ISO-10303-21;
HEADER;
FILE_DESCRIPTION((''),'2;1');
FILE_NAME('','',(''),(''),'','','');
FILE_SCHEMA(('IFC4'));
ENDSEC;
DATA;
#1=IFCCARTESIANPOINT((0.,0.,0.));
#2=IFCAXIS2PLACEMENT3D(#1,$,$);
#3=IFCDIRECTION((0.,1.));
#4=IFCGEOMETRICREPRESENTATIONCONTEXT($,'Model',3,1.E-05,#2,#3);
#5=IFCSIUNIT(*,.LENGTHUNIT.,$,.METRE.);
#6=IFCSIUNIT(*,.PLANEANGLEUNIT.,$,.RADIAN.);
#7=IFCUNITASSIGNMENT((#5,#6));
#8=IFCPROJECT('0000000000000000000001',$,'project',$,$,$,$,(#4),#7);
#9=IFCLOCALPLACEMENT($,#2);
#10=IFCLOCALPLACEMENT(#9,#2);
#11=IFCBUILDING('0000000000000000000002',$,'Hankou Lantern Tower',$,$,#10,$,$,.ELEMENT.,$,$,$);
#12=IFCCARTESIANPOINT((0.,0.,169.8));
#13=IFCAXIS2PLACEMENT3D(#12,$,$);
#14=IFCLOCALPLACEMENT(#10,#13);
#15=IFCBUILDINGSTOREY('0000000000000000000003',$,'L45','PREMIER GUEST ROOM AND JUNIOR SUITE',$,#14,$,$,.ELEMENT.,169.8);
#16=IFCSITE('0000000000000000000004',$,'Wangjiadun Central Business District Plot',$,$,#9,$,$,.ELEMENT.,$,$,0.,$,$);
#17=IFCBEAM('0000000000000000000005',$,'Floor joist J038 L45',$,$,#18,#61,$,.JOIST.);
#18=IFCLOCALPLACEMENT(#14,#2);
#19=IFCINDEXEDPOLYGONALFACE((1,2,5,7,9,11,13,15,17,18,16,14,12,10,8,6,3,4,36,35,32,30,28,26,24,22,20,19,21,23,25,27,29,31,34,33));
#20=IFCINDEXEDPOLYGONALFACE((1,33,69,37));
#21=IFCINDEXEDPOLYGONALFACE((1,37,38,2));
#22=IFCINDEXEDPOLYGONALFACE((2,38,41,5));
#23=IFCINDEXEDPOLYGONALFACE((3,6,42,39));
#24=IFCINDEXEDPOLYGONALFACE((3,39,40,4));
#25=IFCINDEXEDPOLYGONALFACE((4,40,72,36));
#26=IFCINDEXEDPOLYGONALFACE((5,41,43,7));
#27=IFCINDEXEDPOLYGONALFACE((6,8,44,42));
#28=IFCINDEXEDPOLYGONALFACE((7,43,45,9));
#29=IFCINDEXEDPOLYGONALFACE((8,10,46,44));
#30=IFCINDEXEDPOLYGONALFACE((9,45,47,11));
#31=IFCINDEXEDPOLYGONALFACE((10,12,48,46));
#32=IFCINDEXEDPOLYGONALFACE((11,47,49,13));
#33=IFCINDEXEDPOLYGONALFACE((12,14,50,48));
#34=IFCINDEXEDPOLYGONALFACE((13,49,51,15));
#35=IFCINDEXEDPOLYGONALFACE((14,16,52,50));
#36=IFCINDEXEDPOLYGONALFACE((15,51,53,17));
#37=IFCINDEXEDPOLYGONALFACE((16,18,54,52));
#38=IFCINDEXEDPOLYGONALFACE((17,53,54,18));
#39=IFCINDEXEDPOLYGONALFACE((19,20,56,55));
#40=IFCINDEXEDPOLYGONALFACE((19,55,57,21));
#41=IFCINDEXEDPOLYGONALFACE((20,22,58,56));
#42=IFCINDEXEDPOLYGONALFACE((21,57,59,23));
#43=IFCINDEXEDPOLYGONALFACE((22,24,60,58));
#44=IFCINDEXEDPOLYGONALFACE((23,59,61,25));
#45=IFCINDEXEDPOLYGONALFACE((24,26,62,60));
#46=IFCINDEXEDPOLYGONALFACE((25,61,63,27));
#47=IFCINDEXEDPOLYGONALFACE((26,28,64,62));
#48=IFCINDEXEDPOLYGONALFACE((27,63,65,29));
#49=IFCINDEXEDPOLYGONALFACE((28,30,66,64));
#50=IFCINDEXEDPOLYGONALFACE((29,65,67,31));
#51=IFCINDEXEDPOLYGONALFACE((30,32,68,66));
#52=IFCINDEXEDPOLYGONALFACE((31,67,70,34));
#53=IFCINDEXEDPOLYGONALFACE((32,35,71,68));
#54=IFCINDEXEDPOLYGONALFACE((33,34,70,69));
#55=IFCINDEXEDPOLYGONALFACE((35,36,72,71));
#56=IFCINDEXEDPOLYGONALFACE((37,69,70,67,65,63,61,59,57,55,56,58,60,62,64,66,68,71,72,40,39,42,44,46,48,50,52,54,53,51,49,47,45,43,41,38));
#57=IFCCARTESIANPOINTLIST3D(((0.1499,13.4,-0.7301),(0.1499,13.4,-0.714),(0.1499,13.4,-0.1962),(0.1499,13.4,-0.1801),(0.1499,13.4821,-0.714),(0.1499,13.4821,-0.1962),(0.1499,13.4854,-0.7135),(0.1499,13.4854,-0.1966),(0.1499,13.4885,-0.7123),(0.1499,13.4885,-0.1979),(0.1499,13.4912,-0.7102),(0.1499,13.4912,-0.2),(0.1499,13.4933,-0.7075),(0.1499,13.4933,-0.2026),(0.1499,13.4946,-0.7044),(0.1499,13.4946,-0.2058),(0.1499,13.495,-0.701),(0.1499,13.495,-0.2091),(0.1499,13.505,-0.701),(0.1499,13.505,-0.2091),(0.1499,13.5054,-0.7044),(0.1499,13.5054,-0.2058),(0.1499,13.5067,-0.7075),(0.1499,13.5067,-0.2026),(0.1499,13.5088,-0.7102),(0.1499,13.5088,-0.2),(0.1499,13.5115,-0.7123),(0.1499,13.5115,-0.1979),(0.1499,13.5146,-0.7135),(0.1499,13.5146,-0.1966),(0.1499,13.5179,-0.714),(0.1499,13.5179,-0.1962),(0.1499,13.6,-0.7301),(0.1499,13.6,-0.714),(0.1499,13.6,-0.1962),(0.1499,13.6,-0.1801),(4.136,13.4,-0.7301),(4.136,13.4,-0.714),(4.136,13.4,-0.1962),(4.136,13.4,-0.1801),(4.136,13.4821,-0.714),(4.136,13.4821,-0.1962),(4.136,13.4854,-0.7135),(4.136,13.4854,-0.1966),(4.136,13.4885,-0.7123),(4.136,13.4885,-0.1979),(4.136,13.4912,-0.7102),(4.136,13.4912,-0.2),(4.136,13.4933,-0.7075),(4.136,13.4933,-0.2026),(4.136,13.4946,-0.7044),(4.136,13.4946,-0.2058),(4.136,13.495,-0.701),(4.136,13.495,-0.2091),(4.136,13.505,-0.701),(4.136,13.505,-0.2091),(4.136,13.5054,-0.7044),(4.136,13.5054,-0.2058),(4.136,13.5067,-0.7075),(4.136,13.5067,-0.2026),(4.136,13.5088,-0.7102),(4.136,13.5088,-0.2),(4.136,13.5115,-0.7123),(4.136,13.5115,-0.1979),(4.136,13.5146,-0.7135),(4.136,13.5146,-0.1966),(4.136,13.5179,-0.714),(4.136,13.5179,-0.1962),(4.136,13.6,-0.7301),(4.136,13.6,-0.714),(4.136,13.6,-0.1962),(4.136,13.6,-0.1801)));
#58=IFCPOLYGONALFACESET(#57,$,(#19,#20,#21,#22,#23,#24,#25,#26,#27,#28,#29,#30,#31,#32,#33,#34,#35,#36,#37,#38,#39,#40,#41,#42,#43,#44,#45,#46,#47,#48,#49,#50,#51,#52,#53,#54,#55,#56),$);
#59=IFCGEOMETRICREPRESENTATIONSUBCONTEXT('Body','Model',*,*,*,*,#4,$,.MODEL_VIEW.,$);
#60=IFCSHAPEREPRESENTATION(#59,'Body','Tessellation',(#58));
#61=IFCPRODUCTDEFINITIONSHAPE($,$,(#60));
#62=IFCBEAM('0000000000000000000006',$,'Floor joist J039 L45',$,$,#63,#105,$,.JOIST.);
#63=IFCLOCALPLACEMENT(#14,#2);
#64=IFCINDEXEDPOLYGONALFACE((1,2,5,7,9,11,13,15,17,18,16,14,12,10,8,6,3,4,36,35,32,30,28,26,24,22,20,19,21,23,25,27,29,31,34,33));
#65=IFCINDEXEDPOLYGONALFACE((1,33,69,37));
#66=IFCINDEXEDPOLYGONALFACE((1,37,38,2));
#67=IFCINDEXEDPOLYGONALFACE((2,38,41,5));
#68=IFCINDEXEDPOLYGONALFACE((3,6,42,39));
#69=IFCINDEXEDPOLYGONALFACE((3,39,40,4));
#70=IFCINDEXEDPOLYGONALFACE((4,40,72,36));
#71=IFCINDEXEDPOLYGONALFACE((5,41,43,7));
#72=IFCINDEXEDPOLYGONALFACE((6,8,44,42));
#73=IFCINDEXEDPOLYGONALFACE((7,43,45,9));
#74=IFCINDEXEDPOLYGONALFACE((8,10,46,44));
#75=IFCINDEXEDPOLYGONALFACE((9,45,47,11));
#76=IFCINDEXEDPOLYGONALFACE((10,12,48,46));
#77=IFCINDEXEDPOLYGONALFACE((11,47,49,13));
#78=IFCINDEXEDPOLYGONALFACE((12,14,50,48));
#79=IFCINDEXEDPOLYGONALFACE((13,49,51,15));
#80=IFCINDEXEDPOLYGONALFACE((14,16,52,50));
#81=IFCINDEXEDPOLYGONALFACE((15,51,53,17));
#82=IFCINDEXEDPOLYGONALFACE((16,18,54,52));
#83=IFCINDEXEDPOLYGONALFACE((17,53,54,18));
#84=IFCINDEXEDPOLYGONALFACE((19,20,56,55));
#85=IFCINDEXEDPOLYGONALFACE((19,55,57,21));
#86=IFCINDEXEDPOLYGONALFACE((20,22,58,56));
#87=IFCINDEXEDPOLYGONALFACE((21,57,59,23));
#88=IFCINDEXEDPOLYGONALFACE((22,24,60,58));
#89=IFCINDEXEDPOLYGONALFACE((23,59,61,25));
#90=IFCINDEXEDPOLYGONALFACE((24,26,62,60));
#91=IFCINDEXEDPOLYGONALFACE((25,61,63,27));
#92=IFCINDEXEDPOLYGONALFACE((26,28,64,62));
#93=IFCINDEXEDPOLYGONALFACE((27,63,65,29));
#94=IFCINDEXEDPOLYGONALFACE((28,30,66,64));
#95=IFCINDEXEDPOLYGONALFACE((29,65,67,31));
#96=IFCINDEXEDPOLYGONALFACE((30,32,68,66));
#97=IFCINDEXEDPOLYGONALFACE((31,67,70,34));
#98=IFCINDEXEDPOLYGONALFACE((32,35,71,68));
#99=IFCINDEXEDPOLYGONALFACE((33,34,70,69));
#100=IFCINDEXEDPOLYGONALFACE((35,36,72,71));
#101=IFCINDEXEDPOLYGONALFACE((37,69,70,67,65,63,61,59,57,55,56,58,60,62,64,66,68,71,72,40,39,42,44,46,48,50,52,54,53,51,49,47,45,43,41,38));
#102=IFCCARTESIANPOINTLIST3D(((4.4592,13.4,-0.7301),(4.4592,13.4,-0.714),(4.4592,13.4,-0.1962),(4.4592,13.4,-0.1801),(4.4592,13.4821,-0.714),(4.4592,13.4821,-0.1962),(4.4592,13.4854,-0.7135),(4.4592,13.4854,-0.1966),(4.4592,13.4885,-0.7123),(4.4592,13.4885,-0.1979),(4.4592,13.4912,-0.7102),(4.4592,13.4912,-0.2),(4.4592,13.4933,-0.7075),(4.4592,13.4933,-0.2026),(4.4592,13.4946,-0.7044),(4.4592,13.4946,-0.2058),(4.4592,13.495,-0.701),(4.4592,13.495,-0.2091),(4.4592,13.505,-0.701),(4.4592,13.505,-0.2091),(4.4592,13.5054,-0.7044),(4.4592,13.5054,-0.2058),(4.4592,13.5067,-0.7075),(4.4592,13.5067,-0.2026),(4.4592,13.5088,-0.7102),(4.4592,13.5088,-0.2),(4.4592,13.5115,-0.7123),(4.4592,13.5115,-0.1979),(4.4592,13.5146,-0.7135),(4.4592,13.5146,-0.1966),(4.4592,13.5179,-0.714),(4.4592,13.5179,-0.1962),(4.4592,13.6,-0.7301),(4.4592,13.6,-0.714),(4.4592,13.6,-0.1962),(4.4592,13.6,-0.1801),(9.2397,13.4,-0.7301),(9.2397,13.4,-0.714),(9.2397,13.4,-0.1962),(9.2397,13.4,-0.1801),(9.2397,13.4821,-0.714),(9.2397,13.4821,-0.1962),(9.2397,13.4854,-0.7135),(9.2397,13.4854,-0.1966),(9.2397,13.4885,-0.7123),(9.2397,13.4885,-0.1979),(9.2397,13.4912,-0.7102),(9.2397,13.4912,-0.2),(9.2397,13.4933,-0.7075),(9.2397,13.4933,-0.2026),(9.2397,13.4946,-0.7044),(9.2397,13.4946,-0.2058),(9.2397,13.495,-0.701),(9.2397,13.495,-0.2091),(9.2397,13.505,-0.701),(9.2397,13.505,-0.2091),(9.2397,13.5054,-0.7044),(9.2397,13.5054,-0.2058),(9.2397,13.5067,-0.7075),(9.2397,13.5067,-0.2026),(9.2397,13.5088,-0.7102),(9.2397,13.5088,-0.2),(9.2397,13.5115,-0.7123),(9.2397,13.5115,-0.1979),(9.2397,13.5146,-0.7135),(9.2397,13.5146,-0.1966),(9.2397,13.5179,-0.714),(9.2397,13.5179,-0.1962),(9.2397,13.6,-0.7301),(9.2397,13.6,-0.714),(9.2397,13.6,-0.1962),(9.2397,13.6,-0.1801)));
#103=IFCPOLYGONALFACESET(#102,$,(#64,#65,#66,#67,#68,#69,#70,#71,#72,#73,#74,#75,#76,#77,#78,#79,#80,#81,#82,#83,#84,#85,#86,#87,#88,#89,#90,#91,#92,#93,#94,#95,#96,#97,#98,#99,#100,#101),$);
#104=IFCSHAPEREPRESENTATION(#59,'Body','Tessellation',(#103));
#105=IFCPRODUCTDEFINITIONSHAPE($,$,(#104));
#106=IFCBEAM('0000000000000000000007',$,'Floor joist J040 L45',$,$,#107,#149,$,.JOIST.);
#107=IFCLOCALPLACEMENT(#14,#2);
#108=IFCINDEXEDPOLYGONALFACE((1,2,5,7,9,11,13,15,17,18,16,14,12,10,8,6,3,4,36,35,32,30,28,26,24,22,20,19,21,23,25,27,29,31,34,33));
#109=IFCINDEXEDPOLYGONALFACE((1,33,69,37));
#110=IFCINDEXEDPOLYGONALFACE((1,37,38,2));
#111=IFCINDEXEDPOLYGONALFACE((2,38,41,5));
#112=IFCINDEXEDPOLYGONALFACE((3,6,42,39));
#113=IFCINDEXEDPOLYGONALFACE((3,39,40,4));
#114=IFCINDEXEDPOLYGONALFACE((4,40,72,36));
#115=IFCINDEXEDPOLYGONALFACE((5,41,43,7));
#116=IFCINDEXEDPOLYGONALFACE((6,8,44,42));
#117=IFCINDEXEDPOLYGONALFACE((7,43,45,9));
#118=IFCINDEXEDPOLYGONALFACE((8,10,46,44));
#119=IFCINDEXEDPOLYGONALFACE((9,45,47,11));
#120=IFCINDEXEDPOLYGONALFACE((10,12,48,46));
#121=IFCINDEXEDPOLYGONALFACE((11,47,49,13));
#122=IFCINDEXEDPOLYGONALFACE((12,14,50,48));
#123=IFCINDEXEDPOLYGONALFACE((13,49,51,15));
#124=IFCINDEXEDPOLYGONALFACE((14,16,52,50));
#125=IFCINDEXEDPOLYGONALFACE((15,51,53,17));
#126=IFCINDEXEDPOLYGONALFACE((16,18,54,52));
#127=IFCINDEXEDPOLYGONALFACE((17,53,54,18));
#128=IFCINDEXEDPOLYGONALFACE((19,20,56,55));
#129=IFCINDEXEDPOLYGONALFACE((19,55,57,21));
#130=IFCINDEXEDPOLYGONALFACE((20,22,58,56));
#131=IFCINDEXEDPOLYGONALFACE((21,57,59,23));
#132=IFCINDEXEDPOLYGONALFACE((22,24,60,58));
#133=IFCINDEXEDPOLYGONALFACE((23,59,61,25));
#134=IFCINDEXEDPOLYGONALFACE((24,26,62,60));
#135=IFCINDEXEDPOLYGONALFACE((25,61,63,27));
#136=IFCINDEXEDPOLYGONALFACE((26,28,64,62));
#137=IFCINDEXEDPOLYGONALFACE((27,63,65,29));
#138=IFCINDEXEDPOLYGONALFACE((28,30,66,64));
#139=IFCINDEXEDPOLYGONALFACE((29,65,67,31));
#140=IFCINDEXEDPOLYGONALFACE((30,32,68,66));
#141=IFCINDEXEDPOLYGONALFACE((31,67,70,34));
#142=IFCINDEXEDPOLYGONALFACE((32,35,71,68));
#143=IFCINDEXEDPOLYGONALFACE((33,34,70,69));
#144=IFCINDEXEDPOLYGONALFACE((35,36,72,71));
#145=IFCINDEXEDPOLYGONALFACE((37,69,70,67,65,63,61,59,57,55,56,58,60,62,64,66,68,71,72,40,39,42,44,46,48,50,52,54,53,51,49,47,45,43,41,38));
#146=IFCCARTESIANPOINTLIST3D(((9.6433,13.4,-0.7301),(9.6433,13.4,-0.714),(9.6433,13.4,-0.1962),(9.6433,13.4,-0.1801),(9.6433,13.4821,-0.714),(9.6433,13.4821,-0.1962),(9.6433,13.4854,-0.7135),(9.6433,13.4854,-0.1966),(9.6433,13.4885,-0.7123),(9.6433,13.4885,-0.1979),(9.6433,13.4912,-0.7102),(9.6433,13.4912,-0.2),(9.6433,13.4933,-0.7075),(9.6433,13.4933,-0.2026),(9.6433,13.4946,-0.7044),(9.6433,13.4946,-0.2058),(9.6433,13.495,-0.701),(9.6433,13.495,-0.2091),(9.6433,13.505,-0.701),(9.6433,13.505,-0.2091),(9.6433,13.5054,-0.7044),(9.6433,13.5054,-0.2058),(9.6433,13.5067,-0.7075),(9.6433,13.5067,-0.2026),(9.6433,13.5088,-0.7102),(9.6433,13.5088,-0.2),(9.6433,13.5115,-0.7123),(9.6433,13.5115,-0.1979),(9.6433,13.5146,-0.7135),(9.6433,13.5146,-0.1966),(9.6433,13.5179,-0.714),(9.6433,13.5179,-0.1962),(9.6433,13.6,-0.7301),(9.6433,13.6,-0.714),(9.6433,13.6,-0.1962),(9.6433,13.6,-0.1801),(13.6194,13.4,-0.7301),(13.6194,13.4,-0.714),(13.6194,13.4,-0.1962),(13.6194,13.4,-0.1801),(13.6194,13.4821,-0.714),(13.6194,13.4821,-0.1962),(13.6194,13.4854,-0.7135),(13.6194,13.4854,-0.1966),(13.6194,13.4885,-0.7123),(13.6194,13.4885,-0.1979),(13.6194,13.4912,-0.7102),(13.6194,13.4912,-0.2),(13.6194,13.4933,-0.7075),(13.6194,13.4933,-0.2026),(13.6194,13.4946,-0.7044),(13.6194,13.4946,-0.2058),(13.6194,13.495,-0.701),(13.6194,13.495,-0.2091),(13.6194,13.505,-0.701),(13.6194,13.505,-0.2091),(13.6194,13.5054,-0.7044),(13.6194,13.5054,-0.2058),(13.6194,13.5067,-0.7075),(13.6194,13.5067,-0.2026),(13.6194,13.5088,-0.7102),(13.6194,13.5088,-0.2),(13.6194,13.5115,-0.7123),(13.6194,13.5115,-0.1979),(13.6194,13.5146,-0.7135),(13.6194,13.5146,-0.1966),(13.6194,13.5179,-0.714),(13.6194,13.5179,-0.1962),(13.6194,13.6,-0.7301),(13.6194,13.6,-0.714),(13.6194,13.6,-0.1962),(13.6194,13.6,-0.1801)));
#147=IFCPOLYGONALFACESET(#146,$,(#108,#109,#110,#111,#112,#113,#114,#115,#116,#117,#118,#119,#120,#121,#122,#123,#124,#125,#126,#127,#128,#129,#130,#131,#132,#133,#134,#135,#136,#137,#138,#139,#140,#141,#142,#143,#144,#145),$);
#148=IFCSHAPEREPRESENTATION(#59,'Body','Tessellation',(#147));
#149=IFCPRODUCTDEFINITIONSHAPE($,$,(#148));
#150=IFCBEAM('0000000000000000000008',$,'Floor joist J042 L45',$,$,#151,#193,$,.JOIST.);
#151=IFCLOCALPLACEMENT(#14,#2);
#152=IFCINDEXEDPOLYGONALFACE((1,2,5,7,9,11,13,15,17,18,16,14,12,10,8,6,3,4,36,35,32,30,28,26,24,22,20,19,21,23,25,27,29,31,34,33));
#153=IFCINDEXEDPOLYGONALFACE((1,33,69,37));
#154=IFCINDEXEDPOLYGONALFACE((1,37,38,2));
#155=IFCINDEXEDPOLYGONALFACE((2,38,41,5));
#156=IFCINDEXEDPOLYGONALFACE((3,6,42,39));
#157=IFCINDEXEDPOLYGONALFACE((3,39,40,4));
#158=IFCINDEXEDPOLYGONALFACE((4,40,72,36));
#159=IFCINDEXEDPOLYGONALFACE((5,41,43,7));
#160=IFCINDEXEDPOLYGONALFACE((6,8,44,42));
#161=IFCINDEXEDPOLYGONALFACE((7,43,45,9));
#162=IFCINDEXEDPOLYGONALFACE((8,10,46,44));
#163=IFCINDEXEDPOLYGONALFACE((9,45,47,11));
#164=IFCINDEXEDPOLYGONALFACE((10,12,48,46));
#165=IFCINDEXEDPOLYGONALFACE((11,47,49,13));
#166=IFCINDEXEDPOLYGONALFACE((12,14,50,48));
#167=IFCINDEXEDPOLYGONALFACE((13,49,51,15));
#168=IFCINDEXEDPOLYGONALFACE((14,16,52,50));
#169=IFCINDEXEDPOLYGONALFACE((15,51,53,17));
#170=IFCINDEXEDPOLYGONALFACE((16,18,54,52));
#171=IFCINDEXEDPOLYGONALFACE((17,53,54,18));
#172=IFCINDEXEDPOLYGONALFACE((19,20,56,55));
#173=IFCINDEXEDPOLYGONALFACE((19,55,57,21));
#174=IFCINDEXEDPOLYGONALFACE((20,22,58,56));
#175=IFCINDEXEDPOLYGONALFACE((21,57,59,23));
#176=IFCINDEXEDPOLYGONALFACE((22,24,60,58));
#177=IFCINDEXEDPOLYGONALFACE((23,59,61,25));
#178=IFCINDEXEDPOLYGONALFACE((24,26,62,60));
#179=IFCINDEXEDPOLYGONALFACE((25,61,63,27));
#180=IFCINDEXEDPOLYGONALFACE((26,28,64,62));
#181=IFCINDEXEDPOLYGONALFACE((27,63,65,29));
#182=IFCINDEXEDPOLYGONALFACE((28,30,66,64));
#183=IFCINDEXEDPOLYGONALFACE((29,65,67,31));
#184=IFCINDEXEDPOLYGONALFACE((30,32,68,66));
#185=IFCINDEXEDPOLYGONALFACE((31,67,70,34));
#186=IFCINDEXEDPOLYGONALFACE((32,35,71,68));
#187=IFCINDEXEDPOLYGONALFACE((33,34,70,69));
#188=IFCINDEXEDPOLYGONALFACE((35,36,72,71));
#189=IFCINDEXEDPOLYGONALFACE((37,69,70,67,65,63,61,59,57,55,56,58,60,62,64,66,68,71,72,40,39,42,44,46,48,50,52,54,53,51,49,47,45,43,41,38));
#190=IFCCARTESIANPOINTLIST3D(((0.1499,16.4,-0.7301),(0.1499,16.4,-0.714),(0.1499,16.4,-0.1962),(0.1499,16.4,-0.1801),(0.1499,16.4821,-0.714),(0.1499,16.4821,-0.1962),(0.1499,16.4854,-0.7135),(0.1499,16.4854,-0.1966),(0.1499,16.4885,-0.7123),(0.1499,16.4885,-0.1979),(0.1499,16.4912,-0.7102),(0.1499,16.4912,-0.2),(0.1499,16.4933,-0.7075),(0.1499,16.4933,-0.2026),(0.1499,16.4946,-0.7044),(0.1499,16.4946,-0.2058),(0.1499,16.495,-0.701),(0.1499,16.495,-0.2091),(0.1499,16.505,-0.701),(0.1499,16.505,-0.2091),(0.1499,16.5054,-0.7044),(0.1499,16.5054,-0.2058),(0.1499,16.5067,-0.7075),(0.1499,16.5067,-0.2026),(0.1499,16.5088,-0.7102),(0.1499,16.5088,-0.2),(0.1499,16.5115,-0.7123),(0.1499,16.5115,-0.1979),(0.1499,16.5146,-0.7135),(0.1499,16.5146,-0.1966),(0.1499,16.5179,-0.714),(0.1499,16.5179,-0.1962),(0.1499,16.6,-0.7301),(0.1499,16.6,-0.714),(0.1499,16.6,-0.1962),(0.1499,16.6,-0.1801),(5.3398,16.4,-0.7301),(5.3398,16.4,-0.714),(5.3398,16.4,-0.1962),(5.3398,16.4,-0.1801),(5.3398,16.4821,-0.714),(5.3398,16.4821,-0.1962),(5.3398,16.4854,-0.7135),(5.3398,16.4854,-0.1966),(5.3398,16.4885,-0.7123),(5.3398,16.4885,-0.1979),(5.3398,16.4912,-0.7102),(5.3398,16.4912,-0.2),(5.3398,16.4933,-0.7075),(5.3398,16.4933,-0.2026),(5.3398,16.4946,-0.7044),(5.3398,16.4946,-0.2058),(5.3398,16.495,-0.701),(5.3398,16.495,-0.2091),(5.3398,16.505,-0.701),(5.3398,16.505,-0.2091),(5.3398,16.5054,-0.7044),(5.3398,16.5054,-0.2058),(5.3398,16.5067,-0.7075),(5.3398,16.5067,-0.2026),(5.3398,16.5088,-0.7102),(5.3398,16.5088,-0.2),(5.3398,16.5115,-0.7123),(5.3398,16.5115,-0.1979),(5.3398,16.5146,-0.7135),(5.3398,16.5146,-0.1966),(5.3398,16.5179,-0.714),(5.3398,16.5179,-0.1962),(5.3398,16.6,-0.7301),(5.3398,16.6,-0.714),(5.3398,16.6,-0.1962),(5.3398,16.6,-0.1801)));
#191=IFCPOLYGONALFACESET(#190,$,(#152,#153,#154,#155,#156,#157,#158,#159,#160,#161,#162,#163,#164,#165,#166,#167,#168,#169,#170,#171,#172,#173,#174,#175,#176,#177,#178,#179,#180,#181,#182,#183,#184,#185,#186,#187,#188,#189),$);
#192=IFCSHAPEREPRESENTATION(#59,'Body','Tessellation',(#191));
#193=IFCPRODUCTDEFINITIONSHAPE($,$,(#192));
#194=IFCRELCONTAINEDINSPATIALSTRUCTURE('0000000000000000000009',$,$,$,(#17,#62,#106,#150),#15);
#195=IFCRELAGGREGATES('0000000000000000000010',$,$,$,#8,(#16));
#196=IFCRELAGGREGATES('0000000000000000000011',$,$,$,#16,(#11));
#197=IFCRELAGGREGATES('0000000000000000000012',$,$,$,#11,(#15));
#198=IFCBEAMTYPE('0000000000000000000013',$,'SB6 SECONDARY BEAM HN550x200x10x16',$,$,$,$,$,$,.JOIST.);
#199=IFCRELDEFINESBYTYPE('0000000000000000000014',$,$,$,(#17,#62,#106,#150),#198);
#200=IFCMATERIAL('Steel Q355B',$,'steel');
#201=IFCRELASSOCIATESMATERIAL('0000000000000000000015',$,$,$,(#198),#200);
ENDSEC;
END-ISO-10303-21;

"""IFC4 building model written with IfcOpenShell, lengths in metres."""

from ifc_helpers import new_model, si_unit, direction, frame, origin, origin_2d, place, context, subcontext, project, spatial, i_section, extrude, material, material_profile, profile_set, type_object, element, save


model = new_model("IFC4")

# Units and contexts
model_context = context("Model", 3, precision=1e-05, world=origin(), true_north=direction((0.0, 1.0)))
body_context = subcontext(model_context, "Body", "Model", "MODEL_VIEW")
ifc_project = project(units=[si_unit("LENGTHUNIT", "METRE"), si_unit("PLANEANGLEUNIT", "RADIAN")], contexts=[model_context])

# Site, building, storey
site_placement = place(None, origin())
site = spatial("IfcSite", under=ifc_project, at=site_placement, Name="Wangjiadun Central Business District Plot", CompositionType="ELEMENT", RefElevation=0.0)
building_placement = place(site_placement, origin())
building = spatial("IfcBuilding", under=site, at=building_placement, Name="Hankou Lantern Tower", CompositionType="ELEMENT")
storey_placement = place(building_placement, frame((0.0, 0.0, 169.8)))
storey = spatial("IfcBuildingStorey", under=building, at=storey_placement, Name="L45", Description="PREMIER GUEST ROOM AND JUNIOR SUITE", CompositionType="ELEMENT", Elevation=169.8)

# Beams
ifc_material_1 = material(Name="Steel Q355B", Category="steel")
ifc_material_profile_1 = material_profile(ifc_material_1, i_section(OverallWidth=0.2, OverallDepth=0.55, WebThickness=0.01, FlangeThickness=0.0161, FilletRadius=0.0129, at=origin_2d()), Name="HN550x200x10x16")
ifc_profile_set_1 = profile_set([ifc_material_profile_1], Name="Steel Q355B")
beam_type_1 = type_object("IfcBeamType", Name="SB6 SECONDARY BEAM HN550x200x10x16", PredefinedType="JOIST", material=ifc_profile_set_1)
beam_1_placement = place(storey_placement, frame((0.1499, 13.5, -0.4551), z_axis=(1.0, 0.0, 0.0), x_axis=(0.0, 1.0, 0.0)))
element("IfcBeam", 1, at=beam_1_placement, inside=storey, type_object=beam_type_1, Name="Floor joist J038 L45", PredefinedType="JOIST", context=body_context, shape_type="SweptSolid", body=[
    extrude(i_section(OverallWidth=0.2, OverallDepth=0.55, WebThickness=0.01, FlangeThickness=0.0161, FilletRadius=0.0129, at=origin_2d()), origin(), (0.0, 0.0, 1.0), 3.9861),
])
beam_2_placement = place(storey_placement, frame((4.4592, 13.5, -0.4551), z_axis=(1.0, 0.0, 0.0), x_axis=(0.0, 1.0, 0.0)))
element("IfcBeam", 2, at=beam_2_placement, inside=storey, type_object=beam_type_1, Name="Floor joist J039 L45", PredefinedType="JOIST", context=body_context, shape_type="SweptSolid", body=[
    extrude(i_section(OverallWidth=0.2, OverallDepth=0.55, WebThickness=0.01, FlangeThickness=0.0161, FilletRadius=0.0129, at=origin_2d()), origin(), (0.0, 0.0, 1.0), 4.7805),
])
beam_3_placement = place(storey_placement, frame((9.6433, 13.5, -0.4551), z_axis=(1.0, 0.0, 0.0), x_axis=(0.0, 1.0, 0.0)))
element("IfcBeam", 3, at=beam_3_placement, inside=storey, type_object=beam_type_1, Name="Floor joist J040 L45", PredefinedType="JOIST", context=body_context, shape_type="SweptSolid", body=[
    extrude(i_section(OverallWidth=0.2, OverallDepth=0.55, WebThickness=0.01, FlangeThickness=0.0161, FilletRadius=0.0129, at=origin_2d()), origin(), (0.0, 0.0, 1.0), 3.9761),
])
beam_4_placement = place(storey_placement, frame((0.1499, 16.5, -0.4551), z_axis=(1.0, 0.0, 0.0), x_axis=(0.0, 1.0, 0.0)))
element("IfcBeam", 4, at=beam_4_placement, inside=storey, type_object=beam_type_1, Name="Floor joist J042 L45", PredefinedType="JOIST", context=body_context, shape_type="SweptSolid", body=[
    extrude(i_section(OverallWidth=0.2, OverallDepth=0.55, WebThickness=0.01, FlangeThickness=0.0161, FilletRadius=0.0129, at=origin_2d()), origin(), (0.0, 0.0, 1.0), 5.1899),
])

save(model, "model.ifc")
